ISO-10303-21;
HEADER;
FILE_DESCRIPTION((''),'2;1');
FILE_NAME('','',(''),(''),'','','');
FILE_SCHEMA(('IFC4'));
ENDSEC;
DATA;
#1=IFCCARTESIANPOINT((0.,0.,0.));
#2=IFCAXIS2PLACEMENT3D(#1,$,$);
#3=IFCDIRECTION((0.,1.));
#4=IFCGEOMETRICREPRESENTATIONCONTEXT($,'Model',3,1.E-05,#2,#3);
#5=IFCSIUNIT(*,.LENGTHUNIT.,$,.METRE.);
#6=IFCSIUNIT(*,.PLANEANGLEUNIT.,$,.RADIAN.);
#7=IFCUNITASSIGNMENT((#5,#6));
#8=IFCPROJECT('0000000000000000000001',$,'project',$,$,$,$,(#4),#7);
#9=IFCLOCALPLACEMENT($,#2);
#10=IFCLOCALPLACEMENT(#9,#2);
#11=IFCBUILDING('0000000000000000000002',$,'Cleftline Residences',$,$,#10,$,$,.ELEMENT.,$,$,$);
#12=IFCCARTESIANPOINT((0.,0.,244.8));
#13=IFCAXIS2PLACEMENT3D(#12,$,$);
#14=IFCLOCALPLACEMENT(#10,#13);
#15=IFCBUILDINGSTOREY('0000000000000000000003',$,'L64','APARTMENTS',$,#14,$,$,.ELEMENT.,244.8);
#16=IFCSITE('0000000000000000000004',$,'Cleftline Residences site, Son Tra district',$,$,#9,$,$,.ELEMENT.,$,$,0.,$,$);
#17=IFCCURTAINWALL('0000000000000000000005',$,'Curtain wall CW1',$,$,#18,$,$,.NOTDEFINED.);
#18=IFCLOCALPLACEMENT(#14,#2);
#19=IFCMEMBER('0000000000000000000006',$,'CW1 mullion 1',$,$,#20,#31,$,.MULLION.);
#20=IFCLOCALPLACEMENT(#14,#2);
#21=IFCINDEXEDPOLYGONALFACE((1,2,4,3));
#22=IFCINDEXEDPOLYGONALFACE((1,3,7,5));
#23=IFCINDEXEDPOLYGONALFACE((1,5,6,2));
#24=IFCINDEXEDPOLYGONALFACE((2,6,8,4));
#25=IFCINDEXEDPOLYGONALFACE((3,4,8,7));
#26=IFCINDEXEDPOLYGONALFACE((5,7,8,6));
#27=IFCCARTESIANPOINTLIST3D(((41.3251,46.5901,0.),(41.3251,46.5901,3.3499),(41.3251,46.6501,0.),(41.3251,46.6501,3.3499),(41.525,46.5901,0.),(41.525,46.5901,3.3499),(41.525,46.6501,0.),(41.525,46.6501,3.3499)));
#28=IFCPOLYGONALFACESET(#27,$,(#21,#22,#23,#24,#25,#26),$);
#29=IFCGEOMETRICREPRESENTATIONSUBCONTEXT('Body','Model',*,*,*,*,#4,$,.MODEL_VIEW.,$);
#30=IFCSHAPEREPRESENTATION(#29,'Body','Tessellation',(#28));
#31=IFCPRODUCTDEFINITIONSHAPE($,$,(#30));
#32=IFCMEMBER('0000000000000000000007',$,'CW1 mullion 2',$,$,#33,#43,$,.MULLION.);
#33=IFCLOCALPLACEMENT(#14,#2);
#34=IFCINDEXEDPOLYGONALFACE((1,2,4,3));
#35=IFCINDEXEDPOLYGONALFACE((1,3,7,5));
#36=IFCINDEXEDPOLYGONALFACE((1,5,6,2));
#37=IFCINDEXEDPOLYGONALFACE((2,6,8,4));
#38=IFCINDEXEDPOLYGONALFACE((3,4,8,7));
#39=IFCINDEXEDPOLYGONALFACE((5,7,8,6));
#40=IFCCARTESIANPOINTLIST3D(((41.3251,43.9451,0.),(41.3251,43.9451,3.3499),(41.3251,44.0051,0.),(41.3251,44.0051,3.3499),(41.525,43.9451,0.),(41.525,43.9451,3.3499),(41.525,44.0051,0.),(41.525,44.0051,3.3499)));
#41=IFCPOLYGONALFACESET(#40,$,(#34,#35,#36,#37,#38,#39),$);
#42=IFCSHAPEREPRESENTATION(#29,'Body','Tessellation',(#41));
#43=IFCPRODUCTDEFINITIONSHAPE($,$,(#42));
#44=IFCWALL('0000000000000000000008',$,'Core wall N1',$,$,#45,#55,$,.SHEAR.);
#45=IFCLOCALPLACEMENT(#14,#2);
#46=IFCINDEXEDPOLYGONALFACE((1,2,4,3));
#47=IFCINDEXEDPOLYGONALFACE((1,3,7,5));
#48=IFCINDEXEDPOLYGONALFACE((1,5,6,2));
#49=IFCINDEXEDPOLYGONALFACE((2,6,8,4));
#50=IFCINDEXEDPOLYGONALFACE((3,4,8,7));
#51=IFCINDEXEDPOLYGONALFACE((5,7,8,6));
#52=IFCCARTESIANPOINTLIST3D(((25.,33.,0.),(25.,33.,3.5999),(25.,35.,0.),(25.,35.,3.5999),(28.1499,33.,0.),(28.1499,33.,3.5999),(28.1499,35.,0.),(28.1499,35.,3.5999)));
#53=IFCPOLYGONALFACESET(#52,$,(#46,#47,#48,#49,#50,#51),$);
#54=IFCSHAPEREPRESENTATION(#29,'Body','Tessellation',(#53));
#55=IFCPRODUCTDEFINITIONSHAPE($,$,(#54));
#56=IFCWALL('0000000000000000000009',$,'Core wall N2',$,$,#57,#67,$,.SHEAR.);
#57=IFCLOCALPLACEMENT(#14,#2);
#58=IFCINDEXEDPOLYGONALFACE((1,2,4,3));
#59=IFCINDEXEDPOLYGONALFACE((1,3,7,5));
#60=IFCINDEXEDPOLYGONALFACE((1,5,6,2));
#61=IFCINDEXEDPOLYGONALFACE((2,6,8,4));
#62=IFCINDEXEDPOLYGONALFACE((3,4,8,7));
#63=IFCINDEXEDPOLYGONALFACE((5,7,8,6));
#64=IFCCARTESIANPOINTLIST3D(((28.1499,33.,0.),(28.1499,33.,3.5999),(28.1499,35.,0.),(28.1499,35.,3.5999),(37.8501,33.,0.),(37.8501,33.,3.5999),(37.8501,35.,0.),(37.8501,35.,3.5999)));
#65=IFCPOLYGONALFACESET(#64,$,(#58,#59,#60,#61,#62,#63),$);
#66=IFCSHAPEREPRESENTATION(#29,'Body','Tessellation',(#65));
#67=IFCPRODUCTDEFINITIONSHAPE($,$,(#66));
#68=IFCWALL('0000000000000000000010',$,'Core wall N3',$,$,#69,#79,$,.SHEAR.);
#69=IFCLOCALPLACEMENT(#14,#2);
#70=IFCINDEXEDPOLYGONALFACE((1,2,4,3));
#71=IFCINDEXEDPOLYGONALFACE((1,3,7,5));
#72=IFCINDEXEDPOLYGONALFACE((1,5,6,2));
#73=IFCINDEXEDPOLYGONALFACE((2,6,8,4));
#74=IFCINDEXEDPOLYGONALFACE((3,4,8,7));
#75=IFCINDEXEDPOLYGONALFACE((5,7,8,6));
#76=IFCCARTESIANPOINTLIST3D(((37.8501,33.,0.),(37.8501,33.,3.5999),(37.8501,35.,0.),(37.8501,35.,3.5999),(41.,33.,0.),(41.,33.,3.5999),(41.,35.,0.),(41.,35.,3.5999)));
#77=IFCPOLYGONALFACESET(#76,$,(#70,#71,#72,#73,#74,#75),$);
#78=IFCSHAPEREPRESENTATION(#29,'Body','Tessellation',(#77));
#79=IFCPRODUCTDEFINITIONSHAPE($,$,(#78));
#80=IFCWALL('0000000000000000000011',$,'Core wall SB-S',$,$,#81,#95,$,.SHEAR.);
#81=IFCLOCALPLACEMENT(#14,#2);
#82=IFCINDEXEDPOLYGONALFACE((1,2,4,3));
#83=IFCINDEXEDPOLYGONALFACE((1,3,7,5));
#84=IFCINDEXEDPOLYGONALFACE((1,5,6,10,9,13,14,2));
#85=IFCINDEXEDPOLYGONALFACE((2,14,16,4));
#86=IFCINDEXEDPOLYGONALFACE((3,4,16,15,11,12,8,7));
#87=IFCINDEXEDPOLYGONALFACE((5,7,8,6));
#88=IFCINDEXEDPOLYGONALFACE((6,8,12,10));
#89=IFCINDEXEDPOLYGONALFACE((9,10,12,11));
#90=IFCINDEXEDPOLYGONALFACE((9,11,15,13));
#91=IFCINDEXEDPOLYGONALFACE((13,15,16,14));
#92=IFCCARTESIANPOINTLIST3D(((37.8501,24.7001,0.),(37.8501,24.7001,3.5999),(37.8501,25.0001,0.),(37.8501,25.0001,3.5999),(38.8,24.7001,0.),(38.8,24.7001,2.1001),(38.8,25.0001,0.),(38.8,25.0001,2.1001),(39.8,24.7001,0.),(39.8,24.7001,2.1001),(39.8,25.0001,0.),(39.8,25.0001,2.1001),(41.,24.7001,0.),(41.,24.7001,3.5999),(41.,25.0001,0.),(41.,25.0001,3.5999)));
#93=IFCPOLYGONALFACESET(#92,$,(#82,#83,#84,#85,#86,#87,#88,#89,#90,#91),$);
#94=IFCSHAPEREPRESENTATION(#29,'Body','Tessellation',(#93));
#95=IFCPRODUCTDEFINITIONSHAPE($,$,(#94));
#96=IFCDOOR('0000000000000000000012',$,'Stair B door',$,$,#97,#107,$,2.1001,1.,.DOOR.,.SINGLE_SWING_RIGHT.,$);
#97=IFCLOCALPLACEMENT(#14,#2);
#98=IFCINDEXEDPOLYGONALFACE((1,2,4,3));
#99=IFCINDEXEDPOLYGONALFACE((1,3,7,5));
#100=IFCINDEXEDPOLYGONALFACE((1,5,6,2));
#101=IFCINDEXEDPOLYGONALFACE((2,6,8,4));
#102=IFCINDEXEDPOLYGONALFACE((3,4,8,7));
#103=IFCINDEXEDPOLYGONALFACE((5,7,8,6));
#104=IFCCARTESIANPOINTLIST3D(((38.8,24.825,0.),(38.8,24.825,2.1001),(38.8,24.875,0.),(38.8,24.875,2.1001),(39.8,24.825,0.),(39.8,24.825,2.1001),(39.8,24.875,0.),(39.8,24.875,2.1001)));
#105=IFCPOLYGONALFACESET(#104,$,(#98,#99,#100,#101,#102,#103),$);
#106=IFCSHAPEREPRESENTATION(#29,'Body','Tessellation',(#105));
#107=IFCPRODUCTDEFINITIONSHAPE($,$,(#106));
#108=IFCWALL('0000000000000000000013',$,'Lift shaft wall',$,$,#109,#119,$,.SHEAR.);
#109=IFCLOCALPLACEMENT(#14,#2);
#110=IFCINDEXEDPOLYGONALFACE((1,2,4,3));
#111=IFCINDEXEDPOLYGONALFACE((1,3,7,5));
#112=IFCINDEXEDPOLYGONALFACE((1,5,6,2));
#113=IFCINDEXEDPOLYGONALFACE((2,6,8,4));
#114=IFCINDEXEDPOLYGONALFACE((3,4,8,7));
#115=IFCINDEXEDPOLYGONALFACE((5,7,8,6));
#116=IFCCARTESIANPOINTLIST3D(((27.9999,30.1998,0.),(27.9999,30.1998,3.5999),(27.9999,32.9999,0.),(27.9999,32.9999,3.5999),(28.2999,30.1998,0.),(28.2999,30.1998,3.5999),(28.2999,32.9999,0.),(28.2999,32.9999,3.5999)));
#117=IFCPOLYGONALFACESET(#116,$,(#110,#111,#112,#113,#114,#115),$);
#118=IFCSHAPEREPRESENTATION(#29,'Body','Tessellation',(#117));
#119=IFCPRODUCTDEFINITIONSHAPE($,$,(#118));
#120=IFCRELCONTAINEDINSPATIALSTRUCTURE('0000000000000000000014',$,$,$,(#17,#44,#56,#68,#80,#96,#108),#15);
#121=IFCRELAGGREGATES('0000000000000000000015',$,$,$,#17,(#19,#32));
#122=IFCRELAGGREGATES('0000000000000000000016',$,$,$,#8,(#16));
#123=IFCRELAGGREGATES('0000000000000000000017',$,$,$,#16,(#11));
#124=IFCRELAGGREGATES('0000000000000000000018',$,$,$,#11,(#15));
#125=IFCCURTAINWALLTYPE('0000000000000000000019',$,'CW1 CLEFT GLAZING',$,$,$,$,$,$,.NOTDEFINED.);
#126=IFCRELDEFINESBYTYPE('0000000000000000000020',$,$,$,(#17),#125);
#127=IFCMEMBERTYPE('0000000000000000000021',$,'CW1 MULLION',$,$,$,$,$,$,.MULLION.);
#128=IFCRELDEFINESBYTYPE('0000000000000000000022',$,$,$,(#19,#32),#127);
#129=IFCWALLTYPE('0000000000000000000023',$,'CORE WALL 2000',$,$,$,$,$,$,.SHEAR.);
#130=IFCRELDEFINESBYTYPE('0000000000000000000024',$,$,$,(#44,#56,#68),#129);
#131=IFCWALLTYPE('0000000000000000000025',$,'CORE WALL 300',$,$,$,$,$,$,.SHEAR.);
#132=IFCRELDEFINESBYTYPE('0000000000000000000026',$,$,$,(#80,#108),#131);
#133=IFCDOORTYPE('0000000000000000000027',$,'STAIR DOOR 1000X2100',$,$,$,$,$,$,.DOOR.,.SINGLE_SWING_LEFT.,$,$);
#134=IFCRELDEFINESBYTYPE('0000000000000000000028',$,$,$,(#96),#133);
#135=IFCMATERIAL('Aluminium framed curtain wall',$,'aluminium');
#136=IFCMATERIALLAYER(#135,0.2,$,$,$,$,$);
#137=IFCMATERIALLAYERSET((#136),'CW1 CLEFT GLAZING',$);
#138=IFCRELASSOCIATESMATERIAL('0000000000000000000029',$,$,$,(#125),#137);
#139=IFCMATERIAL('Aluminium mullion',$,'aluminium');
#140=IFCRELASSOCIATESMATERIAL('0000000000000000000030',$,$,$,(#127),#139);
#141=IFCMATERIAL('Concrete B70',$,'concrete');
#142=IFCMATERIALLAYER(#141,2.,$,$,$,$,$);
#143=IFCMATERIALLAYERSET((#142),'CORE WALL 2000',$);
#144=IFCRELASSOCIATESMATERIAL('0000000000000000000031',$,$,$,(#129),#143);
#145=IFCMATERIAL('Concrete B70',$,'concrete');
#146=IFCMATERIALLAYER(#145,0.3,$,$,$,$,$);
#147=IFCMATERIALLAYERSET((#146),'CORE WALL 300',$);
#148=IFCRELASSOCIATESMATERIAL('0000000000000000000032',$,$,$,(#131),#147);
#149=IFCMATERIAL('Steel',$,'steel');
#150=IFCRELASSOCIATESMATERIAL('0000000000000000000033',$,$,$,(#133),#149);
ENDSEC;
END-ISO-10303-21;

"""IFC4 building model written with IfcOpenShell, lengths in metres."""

from ifc_helpers import new_model, si_unit, direction, frame, frame_2d, origin, origin_2d, place, context, subcontext, project, spatial, rectangle, extrude, material, layer, layer_set, material_profile, profile_set, type_object, element, fill, aggregate, save


model = new_model("IFC4")

# Units and contexts
model_context = context("Model", 3, precision=1e-05, world=origin(), true_north=direction((0.0, 1.0)))
body_context = subcontext(model_context, "Body", "Model", "MODEL_VIEW")
ifc_project = project(units=[si_unit("LENGTHUNIT", "METRE"), si_unit("PLANEANGLEUNIT", "RADIAN")], contexts=[model_context])

# Site, building, storey
site_placement = place(None, origin())
site = spatial("IfcSite", under=ifc_project, at=site_placement, Name="Cleftline Residences site, Son Tra district", CompositionType="ELEMENT", RefElevation=0.0)
building_placement = place(site_placement, origin())
building = spatial("IfcBuilding", under=site, at=building_placement, Name="Cleftline Residences", CompositionType="ELEMENT")
storey_placement = place(building_placement, frame((0.0, 0.0, 244.8)))
storey = spatial("IfcBuildingStorey", under=building, at=storey_placement, Name="L64", Description="APARTMENTS", CompositionType="ELEMENT", Elevation=244.8)

# Curtain wall, members
ifc_material_1 = material(Name="Aluminium framed curtain wall", Category="aluminium")
ifc_layer_1 = layer(ifc_material_1, 0.2)
ifc_layer_set_1 = layer_set([ifc_layer_1], Name="CW1 CLEFT GLAZING")
curtain_wall_type = type_object("IfcCurtainWallType", Name="CW1 CLEFT GLAZING", PredefinedType="NOTDEFINED", material=ifc_layer_set_1)
curtain_wall_placement = place(storey_placement, origin())
curtain_wall = element("IfcCurtainWall", 1, at=curtain_wall_placement, inside=storey, type_object=curtain_wall_type, Name="Curtain wall CW1", PredefinedType="NOTDEFINED")
ifc_material_2 = material(Name="Aluminium mullion", Category="aluminium")
ifc_material_profile = material_profile(ifc_material_2, rectangle(XDim=0.2, YDim=0.0601, at=origin_2d()))
ifc_profile_set = profile_set([ifc_material_profile], Name="Aluminium mullion")
member_type = type_object("IfcMemberType", Name="CW1 MULLION", PredefinedType="MULLION", material=ifc_profile_set)
member_1_placement = place(storey_placement, frame((41.425, 46.6201, 0.0), z_axis=(0.0, 0.0, 1.0), x_axis=(1.0, 0.0, 0.0)))
member_1 = element("IfcMember", 2, at=member_1_placement, type_object=member_type, Name="CW1 mullion 1", PredefinedType="MULLION", context=body_context, shape_type="SweptSolid", body=[
    extrude(rectangle(XDim=0.2, YDim=0.0601, at=origin_2d()), origin(), (0.0, 0.0, 1.0), 3.3499),
])
member_2_placement = place(storey_placement, frame((41.425, 43.9751, 0.0), z_axis=(0.0, 0.0, 1.0), x_axis=(1.0, 0.0, 0.0)))
member_2 = element("IfcMember", 3, at=member_2_placement, type_object=member_type, Name="CW1 mullion 2", PredefinedType="MULLION", context=body_context, shape_type="SweptSolid", body=[
    extrude(rectangle(XDim=0.2, YDim=0.0601, at=origin_2d()), origin(), (0.0, 0.0, 1.0), 3.3499),
])
aggregate(curtain_wall, [member_1, member_2])

# Walls
ifc_material_3 = material(Name="Concrete B70", Category="concrete")
ifc_layer_2 = layer(ifc_material_3, 2.0)
ifc_layer_set_2 = layer_set([ifc_layer_2], Name="CORE WALL 2000")
wall_type_1 = type_object("IfcWallType", Name="CORE WALL 2000", PredefinedType="SHEAR", material=ifc_layer_set_2)
wall_1_placement = place(storey_placement, frame((25.0, 34.0, 0.0), z_axis=(0.0, 0.0, 1.0), x_axis=(1.0, 0.0, 0.0)))
element("IfcWall", 4, at=wall_1_placement, inside=storey, type_object=wall_type_1, Name="Core wall N1", PredefinedType="SHEAR", context=body_context, shape_type="SweptSolid", body=[
    extrude(rectangle(XDim=3.1499, YDim=2.0, at=frame_2d((1.575, 0.0))), origin(), (0.0, 0.0, 1.0), 3.5999),
])
wall_2_placement = place(storey_placement, frame((28.1499, 34.0, 0.0), z_axis=(0.0, 0.0, 1.0), x_axis=(1.0, 0.0, 0.0)))
element("IfcWall", 5, at=wall_2_placement, inside=storey, type_object=wall_type_1, Name="Core wall N2", PredefinedType="SHEAR", context=body_context, shape_type="SweptSolid", body=[
    extrude(rectangle(XDim=9.7002, YDim=2.0, at=frame_2d((4.8501, 0.0))), origin(), (0.0, 0.0, 1.0), 3.5999),
])
wall_3_placement = place(storey_placement, frame((37.8501, 34.0, 0.0), z_axis=(0.0, 0.0, 1.0), x_axis=(1.0, 0.0, 0.0)))
element("IfcWall", 6, at=wall_3_placement, inside=storey, type_object=wall_type_1, Name="Core wall N3", PredefinedType="SHEAR", context=body_context, shape_type="SweptSolid", body=[
    extrude(rectangle(XDim=3.1499, YDim=2.0, at=frame_2d((1.575, 0.0))), origin(), (0.0, 0.0, 1.0), 3.5999),
])

# Wall, opening, door
ifc_material_4 = material(Name="Concrete B70", Category="concrete")
ifc_layer_3 = layer(ifc_material_4, 0.3)
ifc_layer_set_3 = layer_set([ifc_layer_3], Name="CORE WALL 300")
wall_type_2 = type_object("IfcWallType", Name="CORE WALL 300", PredefinedType="SHEAR", material=ifc_layer_set_3)
wall_4_placement = place(storey_placement, frame((37.8501, 24.8501, 0.0), z_axis=(0.0, 0.0, 1.0), x_axis=(1.0, 0.0, 0.0)))
wall_4 = element("IfcWall", 7, at=wall_4_placement, inside=storey, type_object=wall_type_2, Name="Core wall SB-S", PredefinedType="SHEAR", context=body_context, shape_type="SweptSolid", body=[
    extrude(rectangle(XDim=3.1499, YDim=0.3, at=frame_2d((1.575, 0.0))), origin(), (0.0, 0.0, 1.0), 3.5999),
])
opening_1_placement = place(wall_4_placement, frame((0.95, 0.0, 0.0)))
opening_1 = element("IfcOpeningElement", 8, at=opening_1_placement, cuts=wall_4, PredefinedType="OPENING", context=body_context, shape_type="SweptSolid", body=[
    extrude(rectangle(XDim=1.0, YDim=2.1001, at=frame_2d((0.5, 1.05))), frame((0.0, 0.1599, 0.0), z_axis=(0.0, -1.0, 0.0), x_axis=(1.0, 0.0, 0.0)), (0.0, 0.0, 1.0), 0.3201),
])
ifc_material_5 = material(Name="Steel", Category="steel")
door_type_1 = type_object("IfcDoorType", Name="STAIR DOOR 1000X2100", OperationType="SINGLE_SWING_LEFT", PredefinedType="DOOR", material=ifc_material_5)
door_1_placement = place(opening_1_placement, origin())
door_1 = element("IfcDoor", 9, at=door_1_placement, inside=storey, type_object=door_type_1, Name="Stair B door", OperationType="SINGLE_SWING_RIGHT", OverallHeight=2.1001, OverallWidth=1.0, PredefinedType="DOOR", context=body_context, shape_type="SweptSolid", body=[
    extrude(rectangle(XDim=1.0, YDim=2.1001, at=frame_2d((0.5, 1.05))), frame((0.0, 0.0249, 0.0), z_axis=(0.0, -1.0, 0.0), x_axis=(1.0, 0.0, 0.0)), (0.0, 0.0, 1.0), 0.05),
])
fill(opening_1, door_1)

# Wall
wall_5_placement = place(storey_placement, frame((28.1499, 30.2, 0.0), z_axis=(0.0, 0.0, 1.0), x_axis=(0.0, 1.0, 0.0)))
element("IfcWall", 10, at=wall_5_placement, inside=storey, type_object=wall_type_2, Name="Lift shaft wall", PredefinedType="SHEAR", context=body_context, shape_type="SweptSolid", body=[
    extrude(rectangle(XDim=2.8, YDim=0.3, at=frame_2d((1.3999, 0.0))), origin(), (0.0, 0.0, 1.0), 3.5999),
])

save(model, "model.ifc")
